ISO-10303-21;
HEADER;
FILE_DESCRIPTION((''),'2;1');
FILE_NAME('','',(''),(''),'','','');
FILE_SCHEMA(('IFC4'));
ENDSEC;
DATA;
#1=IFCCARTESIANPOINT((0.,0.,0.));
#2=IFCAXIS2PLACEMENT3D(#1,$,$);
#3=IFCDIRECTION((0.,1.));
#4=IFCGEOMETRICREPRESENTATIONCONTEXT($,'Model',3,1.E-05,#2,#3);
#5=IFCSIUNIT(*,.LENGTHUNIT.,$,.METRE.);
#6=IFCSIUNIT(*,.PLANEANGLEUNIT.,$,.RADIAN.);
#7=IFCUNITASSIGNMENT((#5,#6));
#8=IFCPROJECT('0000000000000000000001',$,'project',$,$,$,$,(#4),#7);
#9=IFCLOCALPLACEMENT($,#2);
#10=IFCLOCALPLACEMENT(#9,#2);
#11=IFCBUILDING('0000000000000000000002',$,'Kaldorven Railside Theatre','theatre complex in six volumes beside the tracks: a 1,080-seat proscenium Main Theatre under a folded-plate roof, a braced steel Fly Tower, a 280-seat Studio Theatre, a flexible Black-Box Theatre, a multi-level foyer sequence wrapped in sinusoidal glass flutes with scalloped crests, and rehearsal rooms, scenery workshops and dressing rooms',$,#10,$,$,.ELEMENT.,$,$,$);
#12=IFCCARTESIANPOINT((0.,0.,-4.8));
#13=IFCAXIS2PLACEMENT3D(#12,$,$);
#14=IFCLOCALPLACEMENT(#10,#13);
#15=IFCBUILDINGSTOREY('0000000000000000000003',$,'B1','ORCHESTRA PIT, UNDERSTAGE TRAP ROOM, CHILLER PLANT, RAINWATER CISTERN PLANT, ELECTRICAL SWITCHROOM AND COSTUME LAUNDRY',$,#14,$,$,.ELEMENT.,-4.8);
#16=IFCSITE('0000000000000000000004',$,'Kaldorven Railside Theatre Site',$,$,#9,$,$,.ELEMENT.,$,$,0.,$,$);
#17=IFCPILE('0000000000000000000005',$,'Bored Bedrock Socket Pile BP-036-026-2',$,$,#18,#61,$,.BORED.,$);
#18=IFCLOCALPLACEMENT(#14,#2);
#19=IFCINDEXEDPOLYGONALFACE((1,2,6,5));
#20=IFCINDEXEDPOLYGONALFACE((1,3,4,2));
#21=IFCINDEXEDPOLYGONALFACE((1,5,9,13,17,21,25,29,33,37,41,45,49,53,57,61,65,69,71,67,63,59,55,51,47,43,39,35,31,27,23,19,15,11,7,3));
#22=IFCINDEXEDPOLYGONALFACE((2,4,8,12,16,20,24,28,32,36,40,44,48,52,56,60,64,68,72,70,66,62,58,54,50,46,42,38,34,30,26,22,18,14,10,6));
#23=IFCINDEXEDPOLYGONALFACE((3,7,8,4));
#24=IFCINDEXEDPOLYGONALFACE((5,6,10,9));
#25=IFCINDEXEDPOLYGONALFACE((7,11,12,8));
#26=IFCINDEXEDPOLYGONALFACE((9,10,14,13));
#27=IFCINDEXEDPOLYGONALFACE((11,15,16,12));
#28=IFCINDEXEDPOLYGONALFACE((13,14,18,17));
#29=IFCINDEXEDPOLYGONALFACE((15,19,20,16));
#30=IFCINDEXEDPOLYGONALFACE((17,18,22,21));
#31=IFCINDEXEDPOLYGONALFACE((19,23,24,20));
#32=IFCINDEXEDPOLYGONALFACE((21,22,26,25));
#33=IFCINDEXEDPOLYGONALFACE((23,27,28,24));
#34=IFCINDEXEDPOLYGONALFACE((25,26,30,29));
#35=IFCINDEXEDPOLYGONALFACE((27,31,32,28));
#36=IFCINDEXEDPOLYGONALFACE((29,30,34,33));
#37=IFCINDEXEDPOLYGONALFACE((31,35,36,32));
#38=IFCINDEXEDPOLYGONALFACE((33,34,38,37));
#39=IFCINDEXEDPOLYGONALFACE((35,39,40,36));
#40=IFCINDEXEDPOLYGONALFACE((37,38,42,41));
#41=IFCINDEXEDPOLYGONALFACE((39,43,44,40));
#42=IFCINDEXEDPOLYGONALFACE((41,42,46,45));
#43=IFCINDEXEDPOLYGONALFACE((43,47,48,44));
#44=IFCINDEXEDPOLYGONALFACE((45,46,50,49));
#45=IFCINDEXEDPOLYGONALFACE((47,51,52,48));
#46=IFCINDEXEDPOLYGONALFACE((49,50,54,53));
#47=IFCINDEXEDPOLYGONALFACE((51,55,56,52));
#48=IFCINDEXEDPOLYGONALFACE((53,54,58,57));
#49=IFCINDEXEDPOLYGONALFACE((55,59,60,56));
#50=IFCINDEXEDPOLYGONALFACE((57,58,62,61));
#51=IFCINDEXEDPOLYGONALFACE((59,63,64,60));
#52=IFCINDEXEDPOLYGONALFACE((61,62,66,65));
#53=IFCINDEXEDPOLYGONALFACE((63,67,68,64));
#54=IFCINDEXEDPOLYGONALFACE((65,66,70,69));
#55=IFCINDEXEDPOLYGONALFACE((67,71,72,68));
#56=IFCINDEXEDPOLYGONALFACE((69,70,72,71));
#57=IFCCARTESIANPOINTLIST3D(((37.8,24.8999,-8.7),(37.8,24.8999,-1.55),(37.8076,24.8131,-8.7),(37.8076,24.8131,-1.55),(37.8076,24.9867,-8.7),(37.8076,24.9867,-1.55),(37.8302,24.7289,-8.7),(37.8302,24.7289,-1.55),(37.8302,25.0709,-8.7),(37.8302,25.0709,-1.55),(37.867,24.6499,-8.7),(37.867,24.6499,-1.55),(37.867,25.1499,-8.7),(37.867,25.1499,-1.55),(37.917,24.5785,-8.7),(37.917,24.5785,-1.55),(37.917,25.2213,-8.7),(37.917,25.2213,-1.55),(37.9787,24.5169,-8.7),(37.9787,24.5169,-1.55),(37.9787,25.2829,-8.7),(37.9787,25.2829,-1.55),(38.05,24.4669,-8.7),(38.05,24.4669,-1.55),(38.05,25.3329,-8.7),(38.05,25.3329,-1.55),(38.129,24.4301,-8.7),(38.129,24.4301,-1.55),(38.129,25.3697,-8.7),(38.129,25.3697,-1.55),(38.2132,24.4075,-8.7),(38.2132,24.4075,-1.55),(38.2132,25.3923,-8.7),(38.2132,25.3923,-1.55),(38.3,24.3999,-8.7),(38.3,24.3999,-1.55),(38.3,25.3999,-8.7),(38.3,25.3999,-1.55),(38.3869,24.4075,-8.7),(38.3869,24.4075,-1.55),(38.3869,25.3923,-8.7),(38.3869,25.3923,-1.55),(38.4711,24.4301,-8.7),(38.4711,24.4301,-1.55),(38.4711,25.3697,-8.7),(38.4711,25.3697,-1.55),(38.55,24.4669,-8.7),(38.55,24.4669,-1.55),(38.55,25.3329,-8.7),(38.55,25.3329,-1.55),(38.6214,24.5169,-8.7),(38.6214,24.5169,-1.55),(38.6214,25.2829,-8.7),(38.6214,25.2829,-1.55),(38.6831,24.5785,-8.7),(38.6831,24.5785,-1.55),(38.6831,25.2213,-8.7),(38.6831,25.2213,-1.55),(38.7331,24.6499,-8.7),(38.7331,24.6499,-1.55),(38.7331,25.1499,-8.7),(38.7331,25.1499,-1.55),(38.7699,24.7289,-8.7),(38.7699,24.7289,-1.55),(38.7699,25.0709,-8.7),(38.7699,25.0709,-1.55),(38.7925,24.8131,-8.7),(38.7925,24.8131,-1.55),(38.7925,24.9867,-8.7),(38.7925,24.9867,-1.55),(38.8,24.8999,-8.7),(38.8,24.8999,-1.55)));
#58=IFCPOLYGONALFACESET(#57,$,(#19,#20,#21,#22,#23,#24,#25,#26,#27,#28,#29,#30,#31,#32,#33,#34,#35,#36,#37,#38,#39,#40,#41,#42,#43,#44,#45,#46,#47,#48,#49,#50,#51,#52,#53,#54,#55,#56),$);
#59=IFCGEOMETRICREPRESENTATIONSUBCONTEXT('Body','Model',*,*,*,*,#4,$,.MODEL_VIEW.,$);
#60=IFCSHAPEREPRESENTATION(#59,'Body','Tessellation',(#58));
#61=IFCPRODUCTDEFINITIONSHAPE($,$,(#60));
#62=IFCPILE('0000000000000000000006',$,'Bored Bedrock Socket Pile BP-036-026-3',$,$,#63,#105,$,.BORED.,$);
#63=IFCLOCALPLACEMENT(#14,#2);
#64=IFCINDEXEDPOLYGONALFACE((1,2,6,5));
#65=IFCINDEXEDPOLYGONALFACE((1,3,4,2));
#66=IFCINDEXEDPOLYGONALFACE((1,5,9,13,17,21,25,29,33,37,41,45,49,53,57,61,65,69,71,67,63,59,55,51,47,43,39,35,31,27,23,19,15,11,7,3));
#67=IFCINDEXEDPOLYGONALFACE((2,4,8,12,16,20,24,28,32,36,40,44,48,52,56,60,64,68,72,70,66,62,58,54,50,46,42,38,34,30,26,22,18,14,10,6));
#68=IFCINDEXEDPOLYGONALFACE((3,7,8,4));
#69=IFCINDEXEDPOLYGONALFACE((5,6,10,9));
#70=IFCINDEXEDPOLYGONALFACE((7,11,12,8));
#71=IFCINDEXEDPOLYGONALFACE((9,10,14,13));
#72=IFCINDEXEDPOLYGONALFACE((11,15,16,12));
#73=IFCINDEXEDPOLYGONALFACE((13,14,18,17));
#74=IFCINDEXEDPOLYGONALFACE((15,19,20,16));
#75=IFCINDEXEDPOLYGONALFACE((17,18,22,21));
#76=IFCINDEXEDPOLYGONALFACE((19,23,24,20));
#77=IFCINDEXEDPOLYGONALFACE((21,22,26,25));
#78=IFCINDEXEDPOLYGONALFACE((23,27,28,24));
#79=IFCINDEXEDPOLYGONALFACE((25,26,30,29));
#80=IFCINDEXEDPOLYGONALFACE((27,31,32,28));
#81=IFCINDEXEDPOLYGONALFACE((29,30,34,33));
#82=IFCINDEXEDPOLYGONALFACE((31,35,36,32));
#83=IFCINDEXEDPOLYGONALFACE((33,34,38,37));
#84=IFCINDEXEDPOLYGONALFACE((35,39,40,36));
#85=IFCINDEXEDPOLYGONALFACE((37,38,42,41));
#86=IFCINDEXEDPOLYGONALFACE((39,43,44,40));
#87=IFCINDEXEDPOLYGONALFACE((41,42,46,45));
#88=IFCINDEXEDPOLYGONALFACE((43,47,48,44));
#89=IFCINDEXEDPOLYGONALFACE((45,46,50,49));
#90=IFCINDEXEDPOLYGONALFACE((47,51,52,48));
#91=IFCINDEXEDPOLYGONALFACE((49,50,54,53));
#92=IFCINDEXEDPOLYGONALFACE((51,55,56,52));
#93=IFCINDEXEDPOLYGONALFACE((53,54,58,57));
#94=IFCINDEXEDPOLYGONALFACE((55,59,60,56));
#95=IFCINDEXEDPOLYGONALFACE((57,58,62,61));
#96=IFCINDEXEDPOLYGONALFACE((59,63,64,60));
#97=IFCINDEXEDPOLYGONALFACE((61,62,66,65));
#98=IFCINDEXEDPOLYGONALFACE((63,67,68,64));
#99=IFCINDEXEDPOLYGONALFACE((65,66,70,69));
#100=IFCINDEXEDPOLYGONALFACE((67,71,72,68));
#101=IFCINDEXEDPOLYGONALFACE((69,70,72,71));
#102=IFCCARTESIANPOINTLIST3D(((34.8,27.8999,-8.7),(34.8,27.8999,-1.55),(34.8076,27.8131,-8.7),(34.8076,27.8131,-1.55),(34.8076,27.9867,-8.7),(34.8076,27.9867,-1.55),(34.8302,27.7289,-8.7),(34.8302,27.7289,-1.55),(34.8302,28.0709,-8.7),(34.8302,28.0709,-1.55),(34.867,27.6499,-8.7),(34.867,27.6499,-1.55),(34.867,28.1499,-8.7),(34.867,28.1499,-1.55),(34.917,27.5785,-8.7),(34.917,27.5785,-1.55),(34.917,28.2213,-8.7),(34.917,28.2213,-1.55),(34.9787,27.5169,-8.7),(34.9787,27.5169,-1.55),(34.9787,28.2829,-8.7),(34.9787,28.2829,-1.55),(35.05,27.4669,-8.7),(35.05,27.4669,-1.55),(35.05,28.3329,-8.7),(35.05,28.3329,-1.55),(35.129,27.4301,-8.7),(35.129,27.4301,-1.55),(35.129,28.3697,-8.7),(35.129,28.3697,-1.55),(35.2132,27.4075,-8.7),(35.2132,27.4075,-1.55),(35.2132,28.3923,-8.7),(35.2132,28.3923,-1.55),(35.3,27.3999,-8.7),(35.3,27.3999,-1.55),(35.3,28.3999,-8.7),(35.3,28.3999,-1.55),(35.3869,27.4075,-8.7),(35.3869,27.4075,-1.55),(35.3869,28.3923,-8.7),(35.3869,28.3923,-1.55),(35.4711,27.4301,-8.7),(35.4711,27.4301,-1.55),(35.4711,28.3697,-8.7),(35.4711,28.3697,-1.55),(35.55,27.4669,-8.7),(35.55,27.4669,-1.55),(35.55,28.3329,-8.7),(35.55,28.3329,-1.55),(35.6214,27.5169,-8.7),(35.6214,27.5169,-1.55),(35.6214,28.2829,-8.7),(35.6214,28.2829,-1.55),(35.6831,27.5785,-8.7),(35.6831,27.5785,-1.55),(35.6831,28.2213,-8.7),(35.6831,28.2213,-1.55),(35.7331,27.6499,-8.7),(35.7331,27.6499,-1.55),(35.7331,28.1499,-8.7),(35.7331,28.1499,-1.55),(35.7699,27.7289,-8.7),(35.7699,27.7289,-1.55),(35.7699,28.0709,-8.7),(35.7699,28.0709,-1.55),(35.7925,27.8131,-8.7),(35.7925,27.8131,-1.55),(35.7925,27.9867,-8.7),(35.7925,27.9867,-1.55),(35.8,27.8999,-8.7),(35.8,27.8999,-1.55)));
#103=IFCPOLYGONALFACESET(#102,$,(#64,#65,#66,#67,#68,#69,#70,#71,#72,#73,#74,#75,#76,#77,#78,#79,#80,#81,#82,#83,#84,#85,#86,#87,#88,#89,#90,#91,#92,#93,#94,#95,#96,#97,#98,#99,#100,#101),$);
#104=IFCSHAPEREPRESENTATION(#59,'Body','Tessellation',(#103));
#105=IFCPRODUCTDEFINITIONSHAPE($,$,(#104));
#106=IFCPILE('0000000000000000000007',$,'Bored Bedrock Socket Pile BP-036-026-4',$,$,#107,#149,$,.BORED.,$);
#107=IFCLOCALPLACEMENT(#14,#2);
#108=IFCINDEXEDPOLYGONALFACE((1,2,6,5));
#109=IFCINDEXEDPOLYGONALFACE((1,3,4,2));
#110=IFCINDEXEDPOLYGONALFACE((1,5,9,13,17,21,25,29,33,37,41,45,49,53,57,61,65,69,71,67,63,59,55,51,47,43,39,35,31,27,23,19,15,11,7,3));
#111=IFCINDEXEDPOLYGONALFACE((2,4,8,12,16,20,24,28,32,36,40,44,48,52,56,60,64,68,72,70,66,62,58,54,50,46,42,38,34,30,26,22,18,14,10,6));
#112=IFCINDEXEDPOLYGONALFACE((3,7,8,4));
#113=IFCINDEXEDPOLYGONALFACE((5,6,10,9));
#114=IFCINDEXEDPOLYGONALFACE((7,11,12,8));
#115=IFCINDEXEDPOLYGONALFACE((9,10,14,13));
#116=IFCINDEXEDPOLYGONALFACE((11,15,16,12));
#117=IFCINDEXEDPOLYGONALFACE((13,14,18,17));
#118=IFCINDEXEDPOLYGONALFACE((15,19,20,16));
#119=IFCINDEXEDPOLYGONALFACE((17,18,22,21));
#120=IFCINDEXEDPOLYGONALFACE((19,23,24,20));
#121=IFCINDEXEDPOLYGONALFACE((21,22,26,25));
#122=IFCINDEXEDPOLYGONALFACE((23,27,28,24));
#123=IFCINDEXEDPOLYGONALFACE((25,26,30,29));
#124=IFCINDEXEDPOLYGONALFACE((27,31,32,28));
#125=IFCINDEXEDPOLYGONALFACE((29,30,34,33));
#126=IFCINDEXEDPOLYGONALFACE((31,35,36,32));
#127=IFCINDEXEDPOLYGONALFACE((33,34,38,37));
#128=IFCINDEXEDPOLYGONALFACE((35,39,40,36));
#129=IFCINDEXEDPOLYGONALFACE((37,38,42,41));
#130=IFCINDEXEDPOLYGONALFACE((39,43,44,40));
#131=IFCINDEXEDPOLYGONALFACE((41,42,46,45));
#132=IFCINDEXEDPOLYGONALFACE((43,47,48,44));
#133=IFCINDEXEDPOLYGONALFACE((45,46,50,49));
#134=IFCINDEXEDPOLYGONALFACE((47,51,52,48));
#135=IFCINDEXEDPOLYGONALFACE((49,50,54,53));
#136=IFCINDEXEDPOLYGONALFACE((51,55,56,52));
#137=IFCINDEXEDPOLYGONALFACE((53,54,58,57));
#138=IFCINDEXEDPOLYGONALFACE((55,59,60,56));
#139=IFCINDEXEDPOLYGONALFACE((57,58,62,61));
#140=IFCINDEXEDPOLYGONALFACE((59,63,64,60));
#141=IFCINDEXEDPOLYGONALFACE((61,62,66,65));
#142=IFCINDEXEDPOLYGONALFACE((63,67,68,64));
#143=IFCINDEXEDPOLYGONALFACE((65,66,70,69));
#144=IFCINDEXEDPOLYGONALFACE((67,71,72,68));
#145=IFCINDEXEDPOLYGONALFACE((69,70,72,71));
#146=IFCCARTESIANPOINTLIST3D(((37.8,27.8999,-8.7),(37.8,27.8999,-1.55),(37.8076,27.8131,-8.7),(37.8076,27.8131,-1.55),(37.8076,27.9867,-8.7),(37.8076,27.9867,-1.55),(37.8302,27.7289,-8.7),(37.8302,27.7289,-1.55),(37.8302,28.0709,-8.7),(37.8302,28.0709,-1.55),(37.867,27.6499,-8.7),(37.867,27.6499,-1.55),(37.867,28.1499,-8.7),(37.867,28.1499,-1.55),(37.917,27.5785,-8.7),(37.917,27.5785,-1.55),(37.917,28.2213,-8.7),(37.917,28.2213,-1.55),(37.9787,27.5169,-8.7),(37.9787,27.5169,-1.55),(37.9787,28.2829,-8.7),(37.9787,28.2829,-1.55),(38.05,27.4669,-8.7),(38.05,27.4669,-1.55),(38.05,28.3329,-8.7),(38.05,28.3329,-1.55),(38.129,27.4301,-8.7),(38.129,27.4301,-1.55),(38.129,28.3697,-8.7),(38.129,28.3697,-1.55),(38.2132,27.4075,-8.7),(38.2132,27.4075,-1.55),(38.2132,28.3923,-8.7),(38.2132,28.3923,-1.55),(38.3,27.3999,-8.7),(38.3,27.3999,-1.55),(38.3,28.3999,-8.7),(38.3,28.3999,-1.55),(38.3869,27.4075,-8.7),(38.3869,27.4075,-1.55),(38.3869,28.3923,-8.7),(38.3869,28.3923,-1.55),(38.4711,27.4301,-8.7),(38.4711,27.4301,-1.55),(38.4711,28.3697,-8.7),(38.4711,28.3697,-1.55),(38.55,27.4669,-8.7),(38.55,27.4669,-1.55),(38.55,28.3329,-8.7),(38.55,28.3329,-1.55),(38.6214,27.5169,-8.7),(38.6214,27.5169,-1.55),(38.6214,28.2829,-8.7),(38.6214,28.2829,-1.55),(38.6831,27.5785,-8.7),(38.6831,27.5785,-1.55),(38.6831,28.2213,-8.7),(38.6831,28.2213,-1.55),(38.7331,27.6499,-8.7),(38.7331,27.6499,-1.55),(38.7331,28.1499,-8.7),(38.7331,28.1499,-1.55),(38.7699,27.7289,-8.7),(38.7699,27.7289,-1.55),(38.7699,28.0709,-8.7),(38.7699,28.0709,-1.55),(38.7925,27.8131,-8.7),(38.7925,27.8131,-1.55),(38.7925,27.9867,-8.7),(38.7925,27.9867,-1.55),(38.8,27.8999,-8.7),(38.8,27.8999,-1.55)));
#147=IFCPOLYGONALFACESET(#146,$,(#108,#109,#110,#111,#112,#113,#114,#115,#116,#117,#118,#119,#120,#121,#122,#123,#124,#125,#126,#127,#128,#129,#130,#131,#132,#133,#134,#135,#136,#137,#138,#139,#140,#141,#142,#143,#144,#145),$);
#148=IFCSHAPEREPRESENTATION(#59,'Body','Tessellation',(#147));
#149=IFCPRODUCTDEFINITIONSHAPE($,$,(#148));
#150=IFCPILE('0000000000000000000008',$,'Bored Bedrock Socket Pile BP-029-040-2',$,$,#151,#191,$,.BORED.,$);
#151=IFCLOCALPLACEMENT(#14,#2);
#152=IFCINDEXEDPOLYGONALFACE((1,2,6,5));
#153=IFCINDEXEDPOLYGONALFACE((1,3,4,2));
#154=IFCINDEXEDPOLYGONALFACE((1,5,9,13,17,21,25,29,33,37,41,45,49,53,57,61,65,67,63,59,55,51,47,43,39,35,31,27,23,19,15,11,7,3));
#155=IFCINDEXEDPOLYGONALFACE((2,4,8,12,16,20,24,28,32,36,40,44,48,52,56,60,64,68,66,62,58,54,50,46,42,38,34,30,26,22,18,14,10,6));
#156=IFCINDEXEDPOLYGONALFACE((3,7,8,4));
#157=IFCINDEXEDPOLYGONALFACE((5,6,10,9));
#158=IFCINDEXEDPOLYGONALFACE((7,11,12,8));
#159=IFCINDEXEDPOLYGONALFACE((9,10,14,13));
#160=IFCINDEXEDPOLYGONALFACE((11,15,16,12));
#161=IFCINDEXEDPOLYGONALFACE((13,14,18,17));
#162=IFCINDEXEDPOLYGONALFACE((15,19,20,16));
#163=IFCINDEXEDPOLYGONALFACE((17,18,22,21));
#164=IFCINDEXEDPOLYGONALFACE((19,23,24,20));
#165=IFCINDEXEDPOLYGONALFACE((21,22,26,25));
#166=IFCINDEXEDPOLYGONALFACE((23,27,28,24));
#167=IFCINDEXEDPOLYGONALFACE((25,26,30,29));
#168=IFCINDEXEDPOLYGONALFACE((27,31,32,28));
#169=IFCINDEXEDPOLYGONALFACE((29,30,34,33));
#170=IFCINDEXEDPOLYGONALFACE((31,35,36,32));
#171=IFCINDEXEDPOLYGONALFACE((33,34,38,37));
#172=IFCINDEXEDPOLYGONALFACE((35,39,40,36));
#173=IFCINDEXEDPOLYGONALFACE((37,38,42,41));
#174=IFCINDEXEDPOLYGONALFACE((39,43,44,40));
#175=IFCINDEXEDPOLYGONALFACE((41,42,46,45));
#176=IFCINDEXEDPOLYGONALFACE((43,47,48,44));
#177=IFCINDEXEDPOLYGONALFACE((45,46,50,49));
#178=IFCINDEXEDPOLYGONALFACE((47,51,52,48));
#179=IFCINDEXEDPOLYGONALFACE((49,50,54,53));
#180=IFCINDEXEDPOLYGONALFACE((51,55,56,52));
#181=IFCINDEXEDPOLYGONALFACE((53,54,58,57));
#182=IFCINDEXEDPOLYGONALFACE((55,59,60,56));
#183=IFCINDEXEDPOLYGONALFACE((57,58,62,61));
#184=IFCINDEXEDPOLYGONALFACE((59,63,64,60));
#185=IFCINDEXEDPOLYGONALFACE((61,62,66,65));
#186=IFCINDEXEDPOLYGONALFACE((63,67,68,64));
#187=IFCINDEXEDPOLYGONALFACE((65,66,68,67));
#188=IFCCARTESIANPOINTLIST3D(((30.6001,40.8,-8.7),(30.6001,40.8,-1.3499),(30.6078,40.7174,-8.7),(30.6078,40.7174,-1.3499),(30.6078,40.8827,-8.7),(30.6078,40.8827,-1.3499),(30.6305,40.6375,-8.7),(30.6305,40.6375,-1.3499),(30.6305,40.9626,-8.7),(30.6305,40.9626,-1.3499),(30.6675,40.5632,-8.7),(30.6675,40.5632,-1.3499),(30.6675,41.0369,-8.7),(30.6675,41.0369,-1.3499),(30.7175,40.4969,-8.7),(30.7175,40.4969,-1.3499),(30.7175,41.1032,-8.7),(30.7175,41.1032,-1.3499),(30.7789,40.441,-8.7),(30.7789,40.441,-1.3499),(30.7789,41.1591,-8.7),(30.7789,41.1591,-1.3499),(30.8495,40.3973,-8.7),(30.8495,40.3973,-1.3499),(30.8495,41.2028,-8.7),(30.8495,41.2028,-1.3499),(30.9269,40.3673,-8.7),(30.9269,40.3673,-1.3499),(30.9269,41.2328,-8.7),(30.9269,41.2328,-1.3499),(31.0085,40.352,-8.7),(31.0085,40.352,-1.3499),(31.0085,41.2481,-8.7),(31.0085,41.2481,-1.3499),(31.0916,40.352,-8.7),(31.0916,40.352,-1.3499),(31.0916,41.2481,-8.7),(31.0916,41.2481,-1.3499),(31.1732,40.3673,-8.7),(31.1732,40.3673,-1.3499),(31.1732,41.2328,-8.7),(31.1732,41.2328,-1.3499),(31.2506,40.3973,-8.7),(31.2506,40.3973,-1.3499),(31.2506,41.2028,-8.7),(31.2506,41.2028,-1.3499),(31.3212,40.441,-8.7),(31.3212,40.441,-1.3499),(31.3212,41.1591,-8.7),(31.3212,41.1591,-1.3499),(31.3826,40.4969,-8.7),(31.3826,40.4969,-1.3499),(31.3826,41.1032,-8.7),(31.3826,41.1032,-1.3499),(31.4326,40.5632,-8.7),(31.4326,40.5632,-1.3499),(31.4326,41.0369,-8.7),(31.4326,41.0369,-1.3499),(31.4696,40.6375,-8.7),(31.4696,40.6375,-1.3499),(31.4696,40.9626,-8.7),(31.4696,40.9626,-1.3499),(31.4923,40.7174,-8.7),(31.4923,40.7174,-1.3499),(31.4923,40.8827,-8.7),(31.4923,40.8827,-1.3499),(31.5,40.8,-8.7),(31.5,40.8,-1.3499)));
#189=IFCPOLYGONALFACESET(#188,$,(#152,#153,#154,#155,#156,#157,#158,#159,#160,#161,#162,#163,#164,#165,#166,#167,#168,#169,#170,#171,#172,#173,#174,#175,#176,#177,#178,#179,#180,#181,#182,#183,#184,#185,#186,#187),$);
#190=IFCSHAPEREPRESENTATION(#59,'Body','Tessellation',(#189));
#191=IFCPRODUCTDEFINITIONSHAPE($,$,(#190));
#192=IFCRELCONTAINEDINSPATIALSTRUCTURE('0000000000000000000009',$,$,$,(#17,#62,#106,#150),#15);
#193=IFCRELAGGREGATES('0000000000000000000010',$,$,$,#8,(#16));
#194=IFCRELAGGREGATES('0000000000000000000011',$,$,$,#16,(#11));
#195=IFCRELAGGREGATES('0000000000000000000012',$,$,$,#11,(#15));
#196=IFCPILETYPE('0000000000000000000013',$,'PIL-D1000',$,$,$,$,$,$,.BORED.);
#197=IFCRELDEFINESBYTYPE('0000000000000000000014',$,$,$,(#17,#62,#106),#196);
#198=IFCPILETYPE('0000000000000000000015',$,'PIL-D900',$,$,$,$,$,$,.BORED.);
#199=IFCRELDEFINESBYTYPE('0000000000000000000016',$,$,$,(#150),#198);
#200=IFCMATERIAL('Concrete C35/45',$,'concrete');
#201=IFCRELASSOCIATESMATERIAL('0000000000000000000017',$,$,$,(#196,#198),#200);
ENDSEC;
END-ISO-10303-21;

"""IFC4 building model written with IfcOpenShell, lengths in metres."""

from ifc_helpers import new_model, si_unit, direction, frame, origin, origin_2d, place, context, subcontext, project, spatial, circle, extrude, material, material_profile, profile_set, type_object, element, save


model = new_model("IFC4")

# Units and contexts
model_context = context("Model", 3, precision=1e-05, world=origin(), true_north=direction((0.0, 1.0)))
body_context = subcontext(model_context, "Body", "Model", "MODEL_VIEW")
ifc_project = project(units=[si_unit("LENGTHUNIT", "METRE"), si_unit("PLANEANGLEUNIT", "RADIAN")], contexts=[model_context])

# Site, building, storey
site_placement = place(None, origin())
site = spatial("IfcSite", under=ifc_project, at=site_placement, Name="Kaldorven Railside Theatre Site", CompositionType="ELEMENT", RefElevation=0.0)
building_placement = place(site_placement, origin())
building = spatial("IfcBuilding", under=site, at=building_placement, Name="Kaldorven Railside Theatre", Description="theatre complex in six volumes beside the tracks: a 1,080-seat proscenium Main Theatre under a folded-plate roof, a braced steel Fly Tower, a 280-seat Studio Theatre, a flexible Black-Box Theatre, a multi-level foyer sequence wrapped in sinusoidal glass flutes with scalloped crests, and rehearsal rooms, scenery workshops and dressing rooms", CompositionType="ELEMENT")
storey_placement = place(building_placement, frame((0.0, 0.0, -4.8)))
storey = spatial("IfcBuildingStorey", under=building, at=storey_placement, Name="B1", Description="ORCHESTRA PIT, UNDERSTAGE TRAP ROOM, CHILLER PLANT, RAINWATER CISTERN PLANT, ELECTRICAL SWITCHROOM AND COSTUME LAUNDRY", CompositionType="ELEMENT", Elevation=-4.8)

# Piles
ifc_material_1 = material(Name="Concrete C35/45", Category="concrete")
ifc_material_profile_1 = material_profile(ifc_material_1, circle(Radius=0.5, at=origin_2d()), Name="BP D1000")
ifc_profile_set_1 = profile_set([ifc_material_profile_1], Name="Concrete C35/45")
pile_type_1 = type_object("IfcPileType", Name="PIL-D1000", PredefinedType="BORED", material=ifc_profile_set_1)
for number, where, z_axis, x_axis, name in (
    (1, (38.3, 24.8999, -1.55), (0.0, 0.0, -1.0), (1.0, 0.0, 0.0), "Bored Bedrock Socket Pile BP-036-026-2"),
    (2, (35.3, 27.8999, -1.55), (0.0, 0.0, -1.0), (1.0, 0.0, 0.0), "Bored Bedrock Socket Pile BP-036-026-3"),
    (3, (38.3, 27.8999, -1.55), (0.0, 0.0, -1.0), (1.0, 0.0, 0.0), "Bored Bedrock Socket Pile BP-036-026-4"),
):
    element("IfcPile", number, at=place(storey_placement, frame(where, z_axis=z_axis, x_axis=x_axis)), inside=storey, type_object=pile_type_1, Name=name, PredefinedType="BORED", context=body_context, shape_type="SweptSolid", body=[
        extrude(circle(Radius=0.5, at=origin_2d()), origin(), (0.0, 0.0, 1.0), 7.1499),
    ])
ifc_material_profile_2 = material_profile(ifc_material_1, circle(Radius=0.45, at=origin_2d()), Name="BP D900")
ifc_profile_set_2 = profile_set([ifc_material_profile_2], Name="Concrete C35/45")
pile_type_2 = type_object("IfcPileType", Name="PIL-D900", PredefinedType="BORED", material=ifc_profile_set_2)
pile_1_placement = place(storey_placement, frame((31.05, 40.8, -1.3499), z_axis=(0.0, 0.0, -1.0), x_axis=(1.0, 0.0, 0.0)))
element("IfcPile", 4, at=pile_1_placement, inside=storey, type_object=pile_type_2, Name="Bored Bedrock Socket Pile BP-029-040-2", PredefinedType="BORED", context=body_context, shape_type="SweptSolid", body=[
    extrude(circle(Radius=0.45, at=origin_2d()), origin(), (0.0, 0.0, 1.0), 7.3501),
])

save(model, "model.ifc")
